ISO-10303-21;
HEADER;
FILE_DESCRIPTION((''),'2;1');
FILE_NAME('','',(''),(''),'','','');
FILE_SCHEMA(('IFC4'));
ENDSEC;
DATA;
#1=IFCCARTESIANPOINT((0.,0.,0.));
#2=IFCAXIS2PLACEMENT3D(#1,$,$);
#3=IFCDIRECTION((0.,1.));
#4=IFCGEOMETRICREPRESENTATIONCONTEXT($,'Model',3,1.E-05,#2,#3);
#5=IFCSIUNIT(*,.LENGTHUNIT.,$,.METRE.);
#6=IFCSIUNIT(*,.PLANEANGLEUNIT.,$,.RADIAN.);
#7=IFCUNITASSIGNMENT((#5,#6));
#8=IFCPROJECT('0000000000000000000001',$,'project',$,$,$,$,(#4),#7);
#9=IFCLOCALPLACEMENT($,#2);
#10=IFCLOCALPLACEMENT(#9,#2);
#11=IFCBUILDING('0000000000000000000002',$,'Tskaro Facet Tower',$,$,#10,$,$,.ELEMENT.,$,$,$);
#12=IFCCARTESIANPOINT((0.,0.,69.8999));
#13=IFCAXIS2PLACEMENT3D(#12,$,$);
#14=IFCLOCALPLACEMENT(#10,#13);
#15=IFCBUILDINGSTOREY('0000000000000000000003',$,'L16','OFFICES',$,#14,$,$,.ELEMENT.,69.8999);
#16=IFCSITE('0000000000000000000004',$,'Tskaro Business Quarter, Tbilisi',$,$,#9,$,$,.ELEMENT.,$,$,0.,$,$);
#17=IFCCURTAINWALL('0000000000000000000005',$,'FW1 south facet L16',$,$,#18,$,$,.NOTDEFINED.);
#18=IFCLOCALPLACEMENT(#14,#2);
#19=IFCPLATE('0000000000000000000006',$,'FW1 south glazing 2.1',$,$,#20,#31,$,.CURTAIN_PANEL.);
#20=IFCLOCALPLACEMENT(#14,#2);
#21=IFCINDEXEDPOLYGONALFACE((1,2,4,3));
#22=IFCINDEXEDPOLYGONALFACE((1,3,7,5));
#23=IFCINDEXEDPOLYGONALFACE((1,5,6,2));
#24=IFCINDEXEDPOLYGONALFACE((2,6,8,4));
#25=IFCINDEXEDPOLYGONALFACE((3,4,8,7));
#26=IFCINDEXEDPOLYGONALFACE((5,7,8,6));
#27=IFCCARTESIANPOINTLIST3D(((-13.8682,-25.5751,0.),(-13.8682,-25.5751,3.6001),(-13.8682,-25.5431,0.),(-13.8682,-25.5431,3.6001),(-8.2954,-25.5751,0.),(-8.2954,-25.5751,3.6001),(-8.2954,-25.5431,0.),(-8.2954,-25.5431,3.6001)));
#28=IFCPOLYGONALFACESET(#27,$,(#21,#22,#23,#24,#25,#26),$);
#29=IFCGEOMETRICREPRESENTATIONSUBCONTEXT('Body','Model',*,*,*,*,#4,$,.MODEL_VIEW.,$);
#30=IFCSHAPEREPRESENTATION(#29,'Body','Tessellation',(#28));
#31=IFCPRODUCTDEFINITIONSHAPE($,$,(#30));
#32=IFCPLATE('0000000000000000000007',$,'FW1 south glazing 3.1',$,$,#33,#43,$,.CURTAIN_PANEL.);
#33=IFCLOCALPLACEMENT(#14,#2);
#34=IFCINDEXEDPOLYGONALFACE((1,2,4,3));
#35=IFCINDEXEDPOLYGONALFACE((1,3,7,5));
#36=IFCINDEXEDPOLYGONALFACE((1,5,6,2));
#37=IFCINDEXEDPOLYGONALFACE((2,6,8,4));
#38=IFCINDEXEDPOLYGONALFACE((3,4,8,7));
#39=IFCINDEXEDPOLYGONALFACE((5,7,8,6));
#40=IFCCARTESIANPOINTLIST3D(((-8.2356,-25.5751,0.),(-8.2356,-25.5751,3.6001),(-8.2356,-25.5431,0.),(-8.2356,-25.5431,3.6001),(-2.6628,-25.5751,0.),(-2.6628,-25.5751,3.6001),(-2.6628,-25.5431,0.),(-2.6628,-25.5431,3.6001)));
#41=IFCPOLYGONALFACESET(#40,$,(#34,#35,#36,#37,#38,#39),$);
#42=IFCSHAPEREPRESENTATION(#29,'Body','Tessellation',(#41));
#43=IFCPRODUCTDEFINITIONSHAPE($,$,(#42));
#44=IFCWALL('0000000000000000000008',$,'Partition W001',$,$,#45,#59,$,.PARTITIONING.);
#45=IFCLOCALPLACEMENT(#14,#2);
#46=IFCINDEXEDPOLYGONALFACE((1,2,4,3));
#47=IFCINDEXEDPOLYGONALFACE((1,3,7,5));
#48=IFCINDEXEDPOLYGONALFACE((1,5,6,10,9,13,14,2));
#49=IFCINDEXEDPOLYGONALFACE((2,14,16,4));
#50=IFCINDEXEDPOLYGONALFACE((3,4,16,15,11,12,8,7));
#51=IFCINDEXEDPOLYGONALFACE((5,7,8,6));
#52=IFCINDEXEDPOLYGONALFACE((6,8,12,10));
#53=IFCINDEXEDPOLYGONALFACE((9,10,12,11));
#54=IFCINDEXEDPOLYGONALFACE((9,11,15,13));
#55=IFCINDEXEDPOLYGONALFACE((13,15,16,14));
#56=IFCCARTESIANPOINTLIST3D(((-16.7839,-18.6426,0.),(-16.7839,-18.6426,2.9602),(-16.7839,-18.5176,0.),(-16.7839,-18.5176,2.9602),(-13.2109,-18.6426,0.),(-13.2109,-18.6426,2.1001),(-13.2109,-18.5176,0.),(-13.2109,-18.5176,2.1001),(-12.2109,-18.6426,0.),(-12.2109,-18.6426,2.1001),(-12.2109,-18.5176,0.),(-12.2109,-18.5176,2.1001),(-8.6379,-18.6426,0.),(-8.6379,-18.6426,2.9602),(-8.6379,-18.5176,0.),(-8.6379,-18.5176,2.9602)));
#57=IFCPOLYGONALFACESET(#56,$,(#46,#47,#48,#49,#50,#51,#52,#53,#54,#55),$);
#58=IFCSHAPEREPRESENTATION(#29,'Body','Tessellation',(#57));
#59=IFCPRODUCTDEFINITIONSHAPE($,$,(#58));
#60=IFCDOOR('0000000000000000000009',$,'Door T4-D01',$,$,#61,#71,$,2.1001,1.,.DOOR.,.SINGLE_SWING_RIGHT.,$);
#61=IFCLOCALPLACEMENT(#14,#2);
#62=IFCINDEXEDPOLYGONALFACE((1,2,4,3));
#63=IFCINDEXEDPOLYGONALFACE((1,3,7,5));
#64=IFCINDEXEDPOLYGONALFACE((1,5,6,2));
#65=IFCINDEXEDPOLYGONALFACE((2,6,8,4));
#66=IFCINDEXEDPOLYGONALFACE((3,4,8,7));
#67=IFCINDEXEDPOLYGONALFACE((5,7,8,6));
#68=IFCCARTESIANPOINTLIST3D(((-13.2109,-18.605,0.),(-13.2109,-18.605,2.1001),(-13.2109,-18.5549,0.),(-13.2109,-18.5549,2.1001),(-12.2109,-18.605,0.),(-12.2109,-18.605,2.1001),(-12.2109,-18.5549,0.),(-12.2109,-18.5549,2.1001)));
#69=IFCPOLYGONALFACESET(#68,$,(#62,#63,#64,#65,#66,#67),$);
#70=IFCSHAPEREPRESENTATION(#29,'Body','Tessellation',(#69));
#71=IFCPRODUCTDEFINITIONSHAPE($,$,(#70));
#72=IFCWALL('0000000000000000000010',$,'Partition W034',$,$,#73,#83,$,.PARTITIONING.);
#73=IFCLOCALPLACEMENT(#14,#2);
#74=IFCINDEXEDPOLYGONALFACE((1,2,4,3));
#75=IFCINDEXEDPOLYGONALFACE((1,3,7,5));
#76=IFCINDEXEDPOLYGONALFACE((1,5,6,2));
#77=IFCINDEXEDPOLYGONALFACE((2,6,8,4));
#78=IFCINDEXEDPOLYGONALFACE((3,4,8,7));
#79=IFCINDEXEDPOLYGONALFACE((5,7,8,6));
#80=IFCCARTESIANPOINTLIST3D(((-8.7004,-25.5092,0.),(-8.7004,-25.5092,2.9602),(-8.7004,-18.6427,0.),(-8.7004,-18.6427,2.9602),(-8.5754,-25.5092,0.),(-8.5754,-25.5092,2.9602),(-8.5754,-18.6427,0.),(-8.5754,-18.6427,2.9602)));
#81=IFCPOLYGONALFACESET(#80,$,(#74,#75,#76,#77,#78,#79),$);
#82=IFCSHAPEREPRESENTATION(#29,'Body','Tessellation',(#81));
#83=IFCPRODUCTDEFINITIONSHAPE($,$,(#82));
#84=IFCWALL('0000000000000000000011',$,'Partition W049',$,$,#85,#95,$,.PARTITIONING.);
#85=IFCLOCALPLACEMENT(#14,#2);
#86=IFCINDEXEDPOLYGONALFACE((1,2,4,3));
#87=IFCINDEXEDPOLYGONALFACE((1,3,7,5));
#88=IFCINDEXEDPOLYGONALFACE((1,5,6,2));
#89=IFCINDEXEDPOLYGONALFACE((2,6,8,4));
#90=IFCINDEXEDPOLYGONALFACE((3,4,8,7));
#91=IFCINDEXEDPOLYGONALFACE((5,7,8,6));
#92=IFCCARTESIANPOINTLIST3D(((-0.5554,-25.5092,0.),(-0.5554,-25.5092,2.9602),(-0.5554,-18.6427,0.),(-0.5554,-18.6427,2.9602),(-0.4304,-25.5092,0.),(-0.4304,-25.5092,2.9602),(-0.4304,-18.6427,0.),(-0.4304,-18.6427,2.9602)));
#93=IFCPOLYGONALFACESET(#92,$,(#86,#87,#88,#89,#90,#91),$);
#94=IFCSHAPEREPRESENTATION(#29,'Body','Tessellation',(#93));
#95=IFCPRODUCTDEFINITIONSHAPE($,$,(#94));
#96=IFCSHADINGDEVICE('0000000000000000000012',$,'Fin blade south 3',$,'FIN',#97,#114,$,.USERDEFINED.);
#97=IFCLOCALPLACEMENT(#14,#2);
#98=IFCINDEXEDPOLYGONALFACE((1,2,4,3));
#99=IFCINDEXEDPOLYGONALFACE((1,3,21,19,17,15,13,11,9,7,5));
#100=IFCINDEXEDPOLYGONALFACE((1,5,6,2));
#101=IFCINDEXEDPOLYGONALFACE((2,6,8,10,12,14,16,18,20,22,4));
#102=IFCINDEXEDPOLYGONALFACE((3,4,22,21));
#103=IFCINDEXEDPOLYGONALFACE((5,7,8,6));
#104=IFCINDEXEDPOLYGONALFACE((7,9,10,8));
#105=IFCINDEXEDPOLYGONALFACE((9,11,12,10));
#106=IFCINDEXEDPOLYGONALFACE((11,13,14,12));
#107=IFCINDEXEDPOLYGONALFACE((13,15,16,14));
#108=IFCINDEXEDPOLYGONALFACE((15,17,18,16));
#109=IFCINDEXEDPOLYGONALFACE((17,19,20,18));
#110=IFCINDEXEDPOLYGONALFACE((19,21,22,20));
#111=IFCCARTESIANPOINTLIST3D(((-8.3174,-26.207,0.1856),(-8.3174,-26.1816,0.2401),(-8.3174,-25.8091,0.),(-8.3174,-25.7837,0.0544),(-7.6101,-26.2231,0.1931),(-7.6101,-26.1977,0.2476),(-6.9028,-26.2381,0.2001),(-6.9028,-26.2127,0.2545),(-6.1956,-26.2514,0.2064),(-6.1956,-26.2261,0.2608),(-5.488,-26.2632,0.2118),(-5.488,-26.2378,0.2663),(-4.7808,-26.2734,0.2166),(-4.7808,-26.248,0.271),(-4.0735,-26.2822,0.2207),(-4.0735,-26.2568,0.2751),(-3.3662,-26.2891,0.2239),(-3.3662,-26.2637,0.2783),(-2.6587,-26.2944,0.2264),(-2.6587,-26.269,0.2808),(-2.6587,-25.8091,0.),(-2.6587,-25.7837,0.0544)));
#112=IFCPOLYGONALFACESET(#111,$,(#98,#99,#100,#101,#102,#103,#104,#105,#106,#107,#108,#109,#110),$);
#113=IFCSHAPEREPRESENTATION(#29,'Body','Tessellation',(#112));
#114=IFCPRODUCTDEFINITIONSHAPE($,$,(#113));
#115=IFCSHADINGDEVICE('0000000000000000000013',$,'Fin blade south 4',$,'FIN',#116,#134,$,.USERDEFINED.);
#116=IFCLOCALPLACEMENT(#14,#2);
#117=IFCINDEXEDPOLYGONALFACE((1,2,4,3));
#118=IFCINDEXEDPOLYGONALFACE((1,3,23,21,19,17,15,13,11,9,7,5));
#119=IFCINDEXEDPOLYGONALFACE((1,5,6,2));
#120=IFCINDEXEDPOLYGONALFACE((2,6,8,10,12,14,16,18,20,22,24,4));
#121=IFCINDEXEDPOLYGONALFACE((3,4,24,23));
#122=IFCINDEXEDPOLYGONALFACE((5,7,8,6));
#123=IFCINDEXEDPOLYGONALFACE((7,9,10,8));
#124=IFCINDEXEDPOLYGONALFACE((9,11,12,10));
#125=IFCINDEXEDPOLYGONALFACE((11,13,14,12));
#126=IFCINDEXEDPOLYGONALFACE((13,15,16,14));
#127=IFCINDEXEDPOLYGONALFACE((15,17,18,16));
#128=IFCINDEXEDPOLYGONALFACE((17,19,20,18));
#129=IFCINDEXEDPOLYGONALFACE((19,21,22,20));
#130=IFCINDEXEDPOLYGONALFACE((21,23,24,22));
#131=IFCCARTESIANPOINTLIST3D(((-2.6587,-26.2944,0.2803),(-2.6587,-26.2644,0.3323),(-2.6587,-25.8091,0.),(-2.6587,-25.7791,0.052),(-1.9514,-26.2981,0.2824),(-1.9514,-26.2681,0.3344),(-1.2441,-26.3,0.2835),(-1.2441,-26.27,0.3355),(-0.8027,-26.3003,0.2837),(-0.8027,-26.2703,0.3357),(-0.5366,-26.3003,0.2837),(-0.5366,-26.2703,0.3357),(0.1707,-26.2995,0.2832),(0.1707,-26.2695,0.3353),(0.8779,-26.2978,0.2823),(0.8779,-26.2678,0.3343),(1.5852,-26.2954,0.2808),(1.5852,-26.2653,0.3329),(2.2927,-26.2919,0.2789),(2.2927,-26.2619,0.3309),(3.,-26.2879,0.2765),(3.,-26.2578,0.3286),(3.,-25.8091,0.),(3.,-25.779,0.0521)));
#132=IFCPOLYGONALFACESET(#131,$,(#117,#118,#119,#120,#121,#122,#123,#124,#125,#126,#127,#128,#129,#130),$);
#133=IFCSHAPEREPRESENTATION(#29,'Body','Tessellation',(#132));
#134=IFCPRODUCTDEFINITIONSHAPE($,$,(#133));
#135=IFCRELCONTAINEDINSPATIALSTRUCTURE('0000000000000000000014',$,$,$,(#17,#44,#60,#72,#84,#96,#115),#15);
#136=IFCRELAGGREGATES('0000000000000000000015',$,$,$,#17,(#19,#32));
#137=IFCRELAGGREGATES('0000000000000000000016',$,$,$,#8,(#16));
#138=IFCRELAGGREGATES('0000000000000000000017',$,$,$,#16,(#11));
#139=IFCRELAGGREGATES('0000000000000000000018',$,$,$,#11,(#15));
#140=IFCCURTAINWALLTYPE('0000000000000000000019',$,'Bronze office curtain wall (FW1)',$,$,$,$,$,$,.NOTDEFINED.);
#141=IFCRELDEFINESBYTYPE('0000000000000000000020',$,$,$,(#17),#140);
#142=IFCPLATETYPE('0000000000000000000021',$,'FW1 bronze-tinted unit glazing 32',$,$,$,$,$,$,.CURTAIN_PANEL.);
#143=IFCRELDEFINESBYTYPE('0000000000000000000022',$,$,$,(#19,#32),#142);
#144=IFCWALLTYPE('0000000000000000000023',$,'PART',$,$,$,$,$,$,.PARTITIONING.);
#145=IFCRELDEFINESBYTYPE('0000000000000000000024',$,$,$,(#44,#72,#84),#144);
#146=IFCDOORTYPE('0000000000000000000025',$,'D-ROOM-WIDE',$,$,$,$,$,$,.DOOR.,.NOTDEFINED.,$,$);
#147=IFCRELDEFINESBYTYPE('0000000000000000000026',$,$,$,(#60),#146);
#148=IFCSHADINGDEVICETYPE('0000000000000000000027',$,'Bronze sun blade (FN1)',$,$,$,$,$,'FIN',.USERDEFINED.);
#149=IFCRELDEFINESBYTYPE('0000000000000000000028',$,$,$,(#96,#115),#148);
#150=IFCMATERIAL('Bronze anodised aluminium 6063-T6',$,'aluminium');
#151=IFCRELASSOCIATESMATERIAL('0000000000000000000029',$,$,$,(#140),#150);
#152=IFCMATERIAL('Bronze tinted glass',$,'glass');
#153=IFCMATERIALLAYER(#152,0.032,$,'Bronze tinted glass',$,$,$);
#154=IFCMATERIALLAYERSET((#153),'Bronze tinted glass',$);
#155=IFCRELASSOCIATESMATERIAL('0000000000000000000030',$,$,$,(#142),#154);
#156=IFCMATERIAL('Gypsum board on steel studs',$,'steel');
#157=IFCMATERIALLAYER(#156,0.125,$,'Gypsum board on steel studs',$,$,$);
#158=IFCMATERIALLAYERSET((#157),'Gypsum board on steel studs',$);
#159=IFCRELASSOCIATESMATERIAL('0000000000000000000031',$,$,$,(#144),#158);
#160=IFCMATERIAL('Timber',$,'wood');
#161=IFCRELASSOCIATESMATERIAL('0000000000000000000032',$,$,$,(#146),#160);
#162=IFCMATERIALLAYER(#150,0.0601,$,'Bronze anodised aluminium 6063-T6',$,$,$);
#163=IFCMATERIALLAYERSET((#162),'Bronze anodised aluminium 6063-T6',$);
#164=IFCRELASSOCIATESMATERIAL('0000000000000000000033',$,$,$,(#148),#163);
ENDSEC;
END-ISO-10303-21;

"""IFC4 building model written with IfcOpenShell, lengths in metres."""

from ifc_helpers import new_model, si_unit, direction, frame, frame_2d, origin, origin_2d, place, context, subcontext, project, spatial, polyline, rectangle, outline, extrude, material, layer, layer_set, type_object, element, fill, aggregate, save


model = new_model("IFC4")

# Units and contexts
model_context = context("Model", 3, precision=1e-05, world=origin(), true_north=direction((0.0, 1.0)))
body_context = subcontext(model_context, "Body", "Model", "MODEL_VIEW")
ifc_project = project(units=[si_unit("LENGTHUNIT", "METRE"), si_unit("PLANEANGLEUNIT", "RADIAN")], contexts=[model_context])

# Site, building, storey
site_placement = place(None, origin())
site = spatial("IfcSite", under=ifc_project, at=site_placement, Name="Tskaro Business Quarter, Tbilisi", CompositionType="ELEMENT", RefElevation=0.0)
building_placement = place(site_placement, origin())
building = spatial("IfcBuilding", under=site, at=building_placement, Name="Tskaro Facet Tower", CompositionType="ELEMENT")
storey_placement = place(building_placement, frame((0.0, 0.0, 69.8999)))
storey = spatial("IfcBuildingStorey", under=building, at=storey_placement, Name="L16", Description="OFFICES", CompositionType="ELEMENT", Elevation=69.8999)

# Curtain wall
ifc_material_1 = material(Name="Bronze anodised aluminium 6063-T6", Category="aluminium")
curtain_wall_type = type_object("IfcCurtainWallType", Name="Bronze office curtain wall (FW1)", PredefinedType="NOTDEFINED", material=ifc_material_1)
curtain_wall_placement = place(storey_placement, origin())
curtain_wall = element("IfcCurtainWall", 1, at=curtain_wall_placement, inside=storey, type_object=curtain_wall_type, Name="FW1 south facet L16", PredefinedType="NOTDEFINED")

# Plates
ifc_material_2 = material(Name="Bronze tinted glass", Category="glass")
ifc_layer_1 = layer(ifc_material_2, 0.032, Name="Bronze tinted glass")
ifc_layer_set_1 = layer_set([ifc_layer_1], Name="Bronze tinted glass")
plate_type = type_object("IfcPlateType", Name="FW1 bronze-tinted unit glazing 32", PredefinedType="CURTAIN_PANEL", material=ifc_layer_set_1)
plate_1_placement = place(storey_placement, frame((-11.0818, -25.5591, 0.0), z_axis=(0.0, 0.0, 1.0), x_axis=(1.0, 0.0, 0.0)))
plate_1 = element("IfcPlate", 2, at=plate_1_placement, type_object=plate_type, Name="FW1 south glazing 2.1", PredefinedType="CURTAIN_PANEL", context=body_context, shape_type="SweptSolid", body=[
    extrude(rectangle(XDim=5.5728, YDim=0.032, at=origin_2d()), origin(), (0.0, 0.0, 1.0), 3.6001),
])
plate_2_placement = place(storey_placement, frame((-5.4492, -25.5591, 0.0), z_axis=(0.0, 0.0, 1.0), x_axis=(1.0, 0.0, 0.0)))
plate_2 = element("IfcPlate", 3, at=plate_2_placement, type_object=plate_type, Name="FW1 south glazing 3.1", PredefinedType="CURTAIN_PANEL", context=body_context, shape_type="SweptSolid", body=[
    extrude(rectangle(XDim=5.5728, YDim=0.032, at=origin_2d()), origin(), (0.0, 0.0, 1.0), 3.6001),
])
aggregate(curtain_wall, [plate_1, plate_2])

# Wall, opening, door
ifc_material_3 = material(Name="Gypsum board on steel studs", Category="steel")
ifc_layer_2 = layer(ifc_material_3, 0.125, Name="Gypsum board on steel studs")
ifc_layer_set_2 = layer_set([ifc_layer_2], Name="Gypsum board on steel studs")
wall_type = type_object("IfcWallType", Name="PART", PredefinedType="PARTITIONING", material=ifc_layer_set_2)
wall_placement = place(storey_placement, frame((-8.6379, -18.5801, 0.0), z_axis=(0.0, 0.0, 1.0), x_axis=(-1.0, 0.0, 0.0)))
wall = element("IfcWall", 4, at=wall_placement, inside=storey, type_object=wall_type, Name="Partition W001", PredefinedType="PARTITIONING", context=body_context, shape_type="SweptSolid", body=[
    extrude(rectangle(XDim=8.146, YDim=0.125, at=frame_2d((4.073, 0.0))), origin(), (0.0, 0.0, 1.0), 2.9602),
])
opening_placement = place(wall_placement, frame((3.573, 0.0, 0.0)))
opening = element("IfcOpeningElement", 5, at=opening_placement, cuts=wall, PredefinedType="OPENING", context=body_context, shape_type="SweptSolid", body=[
    extrude(rectangle(XDim=1.0, YDim=2.1001, at=frame_2d((0.5, 1.05))), frame((0.0, 0.0725, 0.0), z_axis=(0.0, -1.0, 0.0), x_axis=(1.0, 0.0, 0.0)), (0.0, 0.0, 1.0), 0.145),
])
ifc_material_4 = material(Name="Timber", Category="wood")
door_type = type_object("IfcDoorType", Name="D-ROOM-WIDE", OperationType="NOTDEFINED", PredefinedType="DOOR", material=ifc_material_4)
door_placement = place(opening_placement, origin())
door = element("IfcDoor", 6, at=door_placement, inside=storey, type_object=door_type, Name="Door T4-D01", OperationType="SINGLE_SWING_RIGHT", OverallHeight=2.1001, OverallWidth=1.0, PredefinedType="DOOR", context=body_context, shape_type="SweptSolid", body=[
    extrude(rectangle(XDim=1.0, YDim=2.1001, at=frame_2d((0.5, 1.05))), frame((0.0, 0.0249, 0.0), z_axis=(0.0, -1.0, 0.0), x_axis=(1.0, 0.0, 0.0)), (0.0, 0.0, 1.0), 0.05),
])
fill(opening, door)

# Walls
for number, where, z_axis, x_axis, name in (
    (7, (-8.6379, -25.509, 0.0), (0.0, 0.0, 1.0), (0.0, 1.0, 0.0), "Partition W034"),
    (8, (-0.4929, -25.509, 0.0), (0.0, 0.0, 1.0), (0.0, 1.0, 0.0), "Partition W049"),
):
    element("IfcWall", number, at=place(storey_placement, frame(where, z_axis=z_axis, x_axis=x_axis)), inside=storey, type_object=wall_type, Name=name, PredefinedType="PARTITIONING", context=body_context, shape_type="SweptSolid", body=[
        extrude(rectangle(XDim=6.8665, YDim=0.125, at=frame_2d((3.4331, 0.0))), origin(), (0.0, 0.0, 1.0), 2.9602),
    ])

# Shading devices
ifc_layer_3 = layer(ifc_material_1, 0.0601, Name="Bronze anodised aluminium 6063-T6")
ifc_layer_set_3 = layer_set([ifc_layer_3], Name="Bronze anodised aluminium 6063-T6")
shading_device_type = type_object("IfcShadingDeviceType", Name="Bronze sun blade (FN1)", ElementType="FIN", PredefinedType="USERDEFINED", material=ifc_layer_set_3)
shading_device_1_placement = place(storey_placement, frame((-8.3174, -25.7837, 0.0544), z_axis=(0.000001, 0.422726, 0.906258), x_axis=(1.0, 0.0, -0.000001)))
element("IfcShadingDevice", 9, at=shading_device_1_placement, inside=storey, type_object=shading_device_type, Name="Fin blade south 3", ObjectType="FIN", PredefinedType="USERDEFINED", context=body_context, shape_type="SweptSolid", body=[
    extrude(outline(polyline([(0.0, 0.0), (5.6587, 0.0), (5.6587, -0.5355), (4.9512, -0.5296), (4.2439, -0.5221), (3.5366, -0.5124), (2.8293, -0.5011), (2.1218, -0.4881), (1.4146, -0.4734), (0.7073, -0.4569), (0.0, -0.4391), (0.0, 0.0)])), origin(), (0.0, 0.0, -1.0), 0.0601),
])
shading_device_2_placement = place(storey_placement, frame((-2.6587, -25.7791, 0.052), z_axis=(-0.000011, 0.500067, 0.865987), x_axis=(1.0, 0.000005, 0.000009)))
element("IfcShadingDevice", 10, at=shading_device_2_placement, inside=storey, type_object=shading_device_type, Name="Fin blade south 4", ObjectType="FIN", PredefinedType="USERDEFINED", context=body_context, shape_type="SweptSolid", body=[
    extrude(outline(polyline([(0.0, 0.0), (5.6587, 0.0), (5.6587, -0.5529), (4.9514, -0.5576), (4.2439, -0.5616), (3.5366, -0.5644), (2.8293, -0.5664), (2.1221, -0.5672), (1.856, -0.5672), (1.4146, -0.5669), (0.7073, -0.5647), (0.0, -0.5605), (0.0, 0.0)])), origin(), (0.0, 0.0, -1.0), 0.0601),
])

save(model, "model.ifc")
